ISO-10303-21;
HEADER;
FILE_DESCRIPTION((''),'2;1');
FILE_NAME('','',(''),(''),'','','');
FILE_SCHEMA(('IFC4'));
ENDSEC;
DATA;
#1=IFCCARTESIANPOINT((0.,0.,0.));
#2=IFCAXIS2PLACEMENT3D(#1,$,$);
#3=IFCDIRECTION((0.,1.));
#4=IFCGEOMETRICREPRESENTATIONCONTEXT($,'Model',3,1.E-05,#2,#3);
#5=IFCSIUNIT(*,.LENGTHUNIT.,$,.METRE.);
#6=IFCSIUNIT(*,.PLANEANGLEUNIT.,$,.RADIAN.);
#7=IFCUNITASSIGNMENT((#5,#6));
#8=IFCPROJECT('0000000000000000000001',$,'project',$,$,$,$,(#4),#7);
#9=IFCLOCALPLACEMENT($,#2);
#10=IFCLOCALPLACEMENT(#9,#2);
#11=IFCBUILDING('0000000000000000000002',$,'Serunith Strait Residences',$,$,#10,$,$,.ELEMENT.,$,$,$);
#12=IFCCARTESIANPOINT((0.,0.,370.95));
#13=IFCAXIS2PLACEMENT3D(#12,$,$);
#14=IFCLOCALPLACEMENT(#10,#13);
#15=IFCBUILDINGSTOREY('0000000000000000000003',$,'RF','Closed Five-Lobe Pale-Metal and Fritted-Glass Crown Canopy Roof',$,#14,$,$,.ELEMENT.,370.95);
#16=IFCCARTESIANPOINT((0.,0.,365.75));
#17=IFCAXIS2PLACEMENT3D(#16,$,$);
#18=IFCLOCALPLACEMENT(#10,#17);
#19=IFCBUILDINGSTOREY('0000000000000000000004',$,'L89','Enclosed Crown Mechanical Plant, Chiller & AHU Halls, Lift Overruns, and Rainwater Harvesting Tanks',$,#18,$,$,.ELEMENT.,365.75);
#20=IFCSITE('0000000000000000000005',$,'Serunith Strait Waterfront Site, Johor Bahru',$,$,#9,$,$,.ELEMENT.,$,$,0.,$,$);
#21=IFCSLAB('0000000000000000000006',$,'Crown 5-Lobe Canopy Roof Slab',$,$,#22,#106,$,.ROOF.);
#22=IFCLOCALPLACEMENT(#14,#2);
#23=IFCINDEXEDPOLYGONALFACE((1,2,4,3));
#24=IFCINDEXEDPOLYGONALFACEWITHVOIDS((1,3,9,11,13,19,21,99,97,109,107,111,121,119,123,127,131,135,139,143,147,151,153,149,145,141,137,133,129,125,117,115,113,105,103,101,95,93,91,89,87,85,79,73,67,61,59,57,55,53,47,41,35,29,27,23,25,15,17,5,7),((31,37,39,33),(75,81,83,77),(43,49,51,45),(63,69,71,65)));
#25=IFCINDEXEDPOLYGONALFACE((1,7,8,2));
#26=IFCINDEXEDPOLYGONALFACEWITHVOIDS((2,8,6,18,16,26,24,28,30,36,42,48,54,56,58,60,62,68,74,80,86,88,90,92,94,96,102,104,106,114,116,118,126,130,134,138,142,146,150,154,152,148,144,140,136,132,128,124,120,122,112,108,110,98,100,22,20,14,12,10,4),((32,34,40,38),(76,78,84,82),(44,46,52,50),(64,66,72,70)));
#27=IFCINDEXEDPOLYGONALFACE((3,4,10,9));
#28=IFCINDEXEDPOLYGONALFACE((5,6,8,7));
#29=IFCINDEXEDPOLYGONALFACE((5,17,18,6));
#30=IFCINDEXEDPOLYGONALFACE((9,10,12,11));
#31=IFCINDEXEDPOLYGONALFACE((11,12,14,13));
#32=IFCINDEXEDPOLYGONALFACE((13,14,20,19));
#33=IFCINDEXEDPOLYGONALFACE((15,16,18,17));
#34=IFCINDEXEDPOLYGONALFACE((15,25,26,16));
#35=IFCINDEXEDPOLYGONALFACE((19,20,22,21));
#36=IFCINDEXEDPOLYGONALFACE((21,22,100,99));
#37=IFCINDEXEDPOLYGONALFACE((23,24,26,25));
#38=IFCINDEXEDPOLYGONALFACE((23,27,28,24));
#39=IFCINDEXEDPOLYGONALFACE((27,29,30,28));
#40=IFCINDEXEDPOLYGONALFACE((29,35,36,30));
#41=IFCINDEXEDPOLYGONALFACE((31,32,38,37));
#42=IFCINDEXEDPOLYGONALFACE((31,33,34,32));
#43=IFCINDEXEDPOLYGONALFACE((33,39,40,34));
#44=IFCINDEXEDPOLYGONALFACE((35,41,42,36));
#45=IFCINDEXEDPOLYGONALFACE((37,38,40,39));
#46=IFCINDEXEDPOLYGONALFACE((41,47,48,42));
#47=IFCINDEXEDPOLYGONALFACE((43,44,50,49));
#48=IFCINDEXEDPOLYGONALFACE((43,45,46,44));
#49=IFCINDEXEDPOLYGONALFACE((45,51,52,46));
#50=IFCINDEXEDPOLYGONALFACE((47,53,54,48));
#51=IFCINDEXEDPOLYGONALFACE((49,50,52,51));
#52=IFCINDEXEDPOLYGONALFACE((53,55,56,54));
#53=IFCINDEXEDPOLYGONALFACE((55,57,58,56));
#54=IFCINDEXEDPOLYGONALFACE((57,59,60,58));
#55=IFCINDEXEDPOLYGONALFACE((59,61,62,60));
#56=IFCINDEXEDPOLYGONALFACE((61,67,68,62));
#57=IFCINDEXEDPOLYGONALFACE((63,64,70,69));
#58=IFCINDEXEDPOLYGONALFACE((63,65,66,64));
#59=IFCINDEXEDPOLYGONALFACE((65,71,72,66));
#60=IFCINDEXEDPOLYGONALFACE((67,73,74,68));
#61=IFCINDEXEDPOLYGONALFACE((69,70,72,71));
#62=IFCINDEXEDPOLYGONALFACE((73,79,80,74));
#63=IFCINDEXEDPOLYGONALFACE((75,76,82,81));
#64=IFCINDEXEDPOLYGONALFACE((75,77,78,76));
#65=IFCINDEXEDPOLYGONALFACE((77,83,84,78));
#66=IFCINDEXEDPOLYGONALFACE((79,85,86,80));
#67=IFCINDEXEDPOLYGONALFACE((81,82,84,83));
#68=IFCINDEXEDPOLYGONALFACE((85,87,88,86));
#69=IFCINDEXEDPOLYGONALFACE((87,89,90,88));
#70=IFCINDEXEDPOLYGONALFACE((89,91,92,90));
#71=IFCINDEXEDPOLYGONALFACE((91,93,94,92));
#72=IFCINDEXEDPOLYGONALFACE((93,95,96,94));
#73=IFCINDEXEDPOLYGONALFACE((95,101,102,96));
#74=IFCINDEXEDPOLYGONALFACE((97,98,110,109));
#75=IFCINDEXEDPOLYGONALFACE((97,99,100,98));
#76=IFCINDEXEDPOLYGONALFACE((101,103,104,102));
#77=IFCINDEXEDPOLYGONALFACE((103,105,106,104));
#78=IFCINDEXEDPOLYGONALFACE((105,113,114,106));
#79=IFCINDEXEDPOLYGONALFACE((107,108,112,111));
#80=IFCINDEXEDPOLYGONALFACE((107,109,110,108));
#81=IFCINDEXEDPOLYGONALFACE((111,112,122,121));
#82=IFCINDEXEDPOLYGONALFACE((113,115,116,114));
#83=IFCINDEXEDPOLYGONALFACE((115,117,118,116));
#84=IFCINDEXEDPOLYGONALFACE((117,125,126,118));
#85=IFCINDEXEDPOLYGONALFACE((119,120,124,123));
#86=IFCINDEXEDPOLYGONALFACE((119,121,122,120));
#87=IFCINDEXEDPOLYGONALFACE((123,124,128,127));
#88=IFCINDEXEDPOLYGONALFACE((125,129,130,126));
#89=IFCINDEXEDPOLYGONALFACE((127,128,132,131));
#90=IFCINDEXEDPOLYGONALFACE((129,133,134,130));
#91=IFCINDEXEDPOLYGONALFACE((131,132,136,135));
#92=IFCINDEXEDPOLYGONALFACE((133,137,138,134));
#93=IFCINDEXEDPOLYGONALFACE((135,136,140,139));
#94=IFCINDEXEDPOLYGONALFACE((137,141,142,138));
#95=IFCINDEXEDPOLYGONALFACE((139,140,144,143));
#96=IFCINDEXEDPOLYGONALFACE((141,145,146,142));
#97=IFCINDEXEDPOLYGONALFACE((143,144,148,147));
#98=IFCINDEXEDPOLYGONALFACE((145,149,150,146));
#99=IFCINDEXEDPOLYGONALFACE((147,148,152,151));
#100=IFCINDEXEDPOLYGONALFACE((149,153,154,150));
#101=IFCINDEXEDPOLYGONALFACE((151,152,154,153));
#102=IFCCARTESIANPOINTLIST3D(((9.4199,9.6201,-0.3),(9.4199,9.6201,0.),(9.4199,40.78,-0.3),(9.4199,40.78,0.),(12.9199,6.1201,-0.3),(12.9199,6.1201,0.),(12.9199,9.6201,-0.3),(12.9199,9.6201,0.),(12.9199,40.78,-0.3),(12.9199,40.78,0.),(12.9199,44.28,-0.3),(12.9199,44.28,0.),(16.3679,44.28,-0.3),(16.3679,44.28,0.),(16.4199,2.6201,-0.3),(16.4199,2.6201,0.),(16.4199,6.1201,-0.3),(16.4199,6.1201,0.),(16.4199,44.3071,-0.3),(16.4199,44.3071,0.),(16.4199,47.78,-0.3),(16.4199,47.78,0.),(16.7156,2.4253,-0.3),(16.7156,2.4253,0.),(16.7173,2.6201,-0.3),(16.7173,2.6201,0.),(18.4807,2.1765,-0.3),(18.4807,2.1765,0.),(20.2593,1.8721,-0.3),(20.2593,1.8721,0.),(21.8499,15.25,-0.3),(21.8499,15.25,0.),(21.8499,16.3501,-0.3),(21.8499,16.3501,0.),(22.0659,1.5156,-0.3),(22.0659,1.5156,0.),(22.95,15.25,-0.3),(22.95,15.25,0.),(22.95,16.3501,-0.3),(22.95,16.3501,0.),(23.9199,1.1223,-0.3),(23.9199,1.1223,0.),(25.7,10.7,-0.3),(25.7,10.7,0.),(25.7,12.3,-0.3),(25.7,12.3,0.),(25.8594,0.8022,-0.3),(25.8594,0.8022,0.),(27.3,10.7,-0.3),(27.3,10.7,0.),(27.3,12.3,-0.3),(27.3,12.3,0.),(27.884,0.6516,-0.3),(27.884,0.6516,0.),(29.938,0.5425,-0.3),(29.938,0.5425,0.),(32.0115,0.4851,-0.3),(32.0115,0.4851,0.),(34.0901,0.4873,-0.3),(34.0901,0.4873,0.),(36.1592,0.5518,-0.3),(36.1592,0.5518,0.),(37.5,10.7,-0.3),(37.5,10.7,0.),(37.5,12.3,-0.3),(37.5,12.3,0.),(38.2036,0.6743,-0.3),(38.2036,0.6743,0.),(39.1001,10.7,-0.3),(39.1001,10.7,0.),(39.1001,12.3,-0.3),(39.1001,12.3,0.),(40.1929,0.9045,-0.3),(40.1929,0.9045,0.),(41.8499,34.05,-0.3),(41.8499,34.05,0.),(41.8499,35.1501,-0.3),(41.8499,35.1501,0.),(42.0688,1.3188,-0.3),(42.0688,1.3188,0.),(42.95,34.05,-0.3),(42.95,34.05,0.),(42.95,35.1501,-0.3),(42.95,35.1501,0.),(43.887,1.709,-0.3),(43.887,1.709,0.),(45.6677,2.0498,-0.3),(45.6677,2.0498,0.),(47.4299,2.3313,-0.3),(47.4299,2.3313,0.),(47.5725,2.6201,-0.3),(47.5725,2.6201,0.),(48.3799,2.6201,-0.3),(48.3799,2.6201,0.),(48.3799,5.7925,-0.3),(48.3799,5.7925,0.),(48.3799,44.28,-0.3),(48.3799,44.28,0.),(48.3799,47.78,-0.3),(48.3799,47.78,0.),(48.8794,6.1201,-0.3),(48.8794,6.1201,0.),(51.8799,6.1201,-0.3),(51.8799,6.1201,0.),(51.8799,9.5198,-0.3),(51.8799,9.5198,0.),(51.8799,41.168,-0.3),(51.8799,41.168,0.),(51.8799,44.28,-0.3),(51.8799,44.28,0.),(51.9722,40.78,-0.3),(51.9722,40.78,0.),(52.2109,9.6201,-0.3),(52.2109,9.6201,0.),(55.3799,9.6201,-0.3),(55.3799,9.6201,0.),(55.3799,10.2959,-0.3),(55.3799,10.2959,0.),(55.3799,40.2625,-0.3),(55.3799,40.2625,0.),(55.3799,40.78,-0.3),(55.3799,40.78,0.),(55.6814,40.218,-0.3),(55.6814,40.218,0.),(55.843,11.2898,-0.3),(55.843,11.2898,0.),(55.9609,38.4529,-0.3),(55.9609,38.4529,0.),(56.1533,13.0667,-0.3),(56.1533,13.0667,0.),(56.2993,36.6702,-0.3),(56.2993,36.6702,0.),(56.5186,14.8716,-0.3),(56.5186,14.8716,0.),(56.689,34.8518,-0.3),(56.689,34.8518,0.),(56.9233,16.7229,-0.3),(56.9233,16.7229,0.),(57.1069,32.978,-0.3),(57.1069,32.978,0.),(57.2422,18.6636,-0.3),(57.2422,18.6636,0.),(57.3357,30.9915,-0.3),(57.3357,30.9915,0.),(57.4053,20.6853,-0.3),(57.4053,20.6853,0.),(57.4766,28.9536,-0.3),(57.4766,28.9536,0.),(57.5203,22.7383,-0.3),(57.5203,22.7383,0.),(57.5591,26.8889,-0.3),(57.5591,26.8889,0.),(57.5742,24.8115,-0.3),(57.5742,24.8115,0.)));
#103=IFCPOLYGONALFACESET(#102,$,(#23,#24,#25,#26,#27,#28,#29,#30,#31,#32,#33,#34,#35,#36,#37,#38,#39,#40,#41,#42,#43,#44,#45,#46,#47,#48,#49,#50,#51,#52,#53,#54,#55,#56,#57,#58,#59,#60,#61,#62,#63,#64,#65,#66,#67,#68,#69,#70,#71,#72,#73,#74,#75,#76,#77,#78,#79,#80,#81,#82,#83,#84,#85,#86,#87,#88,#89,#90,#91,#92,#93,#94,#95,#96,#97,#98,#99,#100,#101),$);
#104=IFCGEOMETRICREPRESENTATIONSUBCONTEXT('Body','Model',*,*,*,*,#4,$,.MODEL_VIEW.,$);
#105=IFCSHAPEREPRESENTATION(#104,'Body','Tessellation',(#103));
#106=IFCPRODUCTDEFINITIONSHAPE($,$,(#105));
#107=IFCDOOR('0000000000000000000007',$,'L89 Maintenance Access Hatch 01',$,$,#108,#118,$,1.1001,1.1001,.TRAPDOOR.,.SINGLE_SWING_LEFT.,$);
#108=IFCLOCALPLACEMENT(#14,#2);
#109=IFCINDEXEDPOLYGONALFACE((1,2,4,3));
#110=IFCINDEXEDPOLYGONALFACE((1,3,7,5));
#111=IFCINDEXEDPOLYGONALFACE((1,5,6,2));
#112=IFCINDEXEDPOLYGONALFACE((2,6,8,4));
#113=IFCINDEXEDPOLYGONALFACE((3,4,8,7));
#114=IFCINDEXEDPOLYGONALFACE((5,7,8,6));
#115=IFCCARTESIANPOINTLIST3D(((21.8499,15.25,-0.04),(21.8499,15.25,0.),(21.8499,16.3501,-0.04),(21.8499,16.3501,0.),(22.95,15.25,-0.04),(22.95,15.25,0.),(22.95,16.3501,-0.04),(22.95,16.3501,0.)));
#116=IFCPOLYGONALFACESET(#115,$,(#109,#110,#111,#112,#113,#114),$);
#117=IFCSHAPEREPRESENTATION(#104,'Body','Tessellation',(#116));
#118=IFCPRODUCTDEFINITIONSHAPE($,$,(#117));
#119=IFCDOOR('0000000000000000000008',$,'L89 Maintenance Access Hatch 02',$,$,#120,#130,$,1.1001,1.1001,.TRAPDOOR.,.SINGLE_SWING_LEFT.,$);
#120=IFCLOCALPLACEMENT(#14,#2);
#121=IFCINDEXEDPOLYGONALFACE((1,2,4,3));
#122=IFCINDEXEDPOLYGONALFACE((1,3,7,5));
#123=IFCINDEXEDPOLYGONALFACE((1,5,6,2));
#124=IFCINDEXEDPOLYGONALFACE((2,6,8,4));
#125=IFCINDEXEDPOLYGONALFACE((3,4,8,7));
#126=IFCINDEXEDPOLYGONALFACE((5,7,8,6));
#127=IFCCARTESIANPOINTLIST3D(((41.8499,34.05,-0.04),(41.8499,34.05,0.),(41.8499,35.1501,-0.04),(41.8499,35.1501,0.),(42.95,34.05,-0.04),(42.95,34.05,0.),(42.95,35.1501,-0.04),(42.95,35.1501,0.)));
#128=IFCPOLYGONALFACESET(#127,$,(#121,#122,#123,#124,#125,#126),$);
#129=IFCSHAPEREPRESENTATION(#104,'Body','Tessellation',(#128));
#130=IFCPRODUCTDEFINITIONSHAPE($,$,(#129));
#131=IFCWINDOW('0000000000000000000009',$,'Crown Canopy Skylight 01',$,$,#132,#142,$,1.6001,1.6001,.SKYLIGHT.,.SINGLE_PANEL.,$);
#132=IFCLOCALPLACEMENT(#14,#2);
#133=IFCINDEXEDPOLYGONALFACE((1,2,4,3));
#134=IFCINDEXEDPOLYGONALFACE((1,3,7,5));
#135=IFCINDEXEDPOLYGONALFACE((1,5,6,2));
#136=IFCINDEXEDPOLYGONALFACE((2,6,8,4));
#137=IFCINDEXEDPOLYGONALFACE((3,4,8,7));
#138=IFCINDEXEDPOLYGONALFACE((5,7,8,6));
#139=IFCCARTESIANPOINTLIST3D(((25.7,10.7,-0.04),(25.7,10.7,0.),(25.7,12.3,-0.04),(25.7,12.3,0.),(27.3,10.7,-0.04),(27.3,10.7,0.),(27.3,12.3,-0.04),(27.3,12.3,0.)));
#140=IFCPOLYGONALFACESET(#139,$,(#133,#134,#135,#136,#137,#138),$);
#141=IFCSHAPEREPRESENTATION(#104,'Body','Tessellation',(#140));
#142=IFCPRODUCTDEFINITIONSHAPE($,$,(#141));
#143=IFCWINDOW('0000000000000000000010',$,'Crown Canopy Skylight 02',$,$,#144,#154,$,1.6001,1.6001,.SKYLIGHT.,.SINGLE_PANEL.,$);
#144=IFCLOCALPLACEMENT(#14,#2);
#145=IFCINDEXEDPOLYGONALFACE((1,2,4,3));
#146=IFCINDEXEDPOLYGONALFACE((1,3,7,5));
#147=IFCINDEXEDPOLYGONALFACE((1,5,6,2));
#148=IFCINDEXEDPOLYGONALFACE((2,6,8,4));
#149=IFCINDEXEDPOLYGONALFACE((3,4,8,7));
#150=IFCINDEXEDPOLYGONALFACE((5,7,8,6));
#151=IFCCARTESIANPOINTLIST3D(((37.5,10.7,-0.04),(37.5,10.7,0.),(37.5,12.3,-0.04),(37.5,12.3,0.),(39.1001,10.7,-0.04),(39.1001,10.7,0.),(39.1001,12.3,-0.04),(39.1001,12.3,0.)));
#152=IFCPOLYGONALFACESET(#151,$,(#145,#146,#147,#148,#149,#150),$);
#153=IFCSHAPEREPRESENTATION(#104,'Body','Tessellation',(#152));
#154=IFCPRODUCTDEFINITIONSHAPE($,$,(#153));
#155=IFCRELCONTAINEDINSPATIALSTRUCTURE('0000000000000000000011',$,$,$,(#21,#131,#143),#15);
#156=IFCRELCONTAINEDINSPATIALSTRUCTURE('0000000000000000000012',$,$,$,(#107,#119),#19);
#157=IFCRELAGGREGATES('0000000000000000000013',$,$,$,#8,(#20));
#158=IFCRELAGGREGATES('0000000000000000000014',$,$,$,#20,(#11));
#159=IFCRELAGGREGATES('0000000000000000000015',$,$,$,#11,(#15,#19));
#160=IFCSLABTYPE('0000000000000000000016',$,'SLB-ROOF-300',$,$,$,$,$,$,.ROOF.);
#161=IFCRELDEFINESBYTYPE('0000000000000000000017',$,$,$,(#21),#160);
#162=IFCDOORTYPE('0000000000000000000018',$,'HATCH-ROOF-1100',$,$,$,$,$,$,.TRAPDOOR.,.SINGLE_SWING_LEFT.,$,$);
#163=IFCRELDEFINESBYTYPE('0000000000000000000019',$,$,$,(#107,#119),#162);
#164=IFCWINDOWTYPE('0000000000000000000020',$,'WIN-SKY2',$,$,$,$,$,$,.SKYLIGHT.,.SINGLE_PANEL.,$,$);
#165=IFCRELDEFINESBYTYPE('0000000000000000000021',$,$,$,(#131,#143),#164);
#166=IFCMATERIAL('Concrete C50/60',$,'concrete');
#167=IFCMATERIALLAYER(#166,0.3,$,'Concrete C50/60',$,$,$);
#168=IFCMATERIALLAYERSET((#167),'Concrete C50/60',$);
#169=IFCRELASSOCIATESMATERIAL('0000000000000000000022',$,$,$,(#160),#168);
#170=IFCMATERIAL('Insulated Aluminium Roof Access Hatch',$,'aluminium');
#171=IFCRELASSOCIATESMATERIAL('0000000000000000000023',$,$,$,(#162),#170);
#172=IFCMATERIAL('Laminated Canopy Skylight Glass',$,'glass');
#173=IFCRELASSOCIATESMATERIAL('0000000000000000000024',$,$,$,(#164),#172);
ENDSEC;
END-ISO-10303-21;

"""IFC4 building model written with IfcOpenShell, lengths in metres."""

from ifc_helpers import new_model, si_unit, direction, frame, origin, origin_2d, place, context, subcontext, project, spatial, polyline, rectangle, outline, extrude, material, layer, layer_set, type_object, element, fill, save


model = new_model("IFC4")

# Units and contexts
model_context = context("Model", 3, precision=1e-05, world=origin(), true_north=direction((0.0, 1.0)))
body_context = subcontext(model_context, "Body", "Model", "MODEL_VIEW")
ifc_project = project(units=[si_unit("LENGTHUNIT", "METRE"), si_unit("PLANEANGLEUNIT", "RADIAN")], contexts=[model_context])

# Site, building, storey
site_placement = place(None, origin())
site = spatial("IfcSite", under=ifc_project, at=site_placement, Name="Serunith Strait Waterfront Site, Johor Bahru", CompositionType="ELEMENT", RefElevation=0.0)
building_placement = place(site_placement, origin())
building = spatial("IfcBuilding", under=site, at=building_placement, Name="Serunith Strait Residences", CompositionType="ELEMENT")
storey_1_placement = place(building_placement, frame((0.0, 0.0, 370.95)))
storey_1 = spatial("IfcBuildingStorey", under=building, at=storey_1_placement, Name="RF", Description="Closed Five-Lobe Pale-Metal and Fritted-Glass Crown Canopy Roof", CompositionType="ELEMENT", Elevation=370.95)

# Slab, openings
ifc_material_1 = material(Name="Concrete C50/60", Category="concrete")
ifc_layer_1 = layer(ifc_material_1, 0.3, Name="Concrete C50/60")
ifc_layer_set_1 = layer_set([ifc_layer_1], Name="Concrete C50/60")
slab_type = type_object("IfcSlabType", Name="SLB-ROOF-300", PredefinedType="ROOF", material=ifc_layer_set_1)
slab_placement = place(storey_1_placement, frame((0.0, 0.0, -0.3)))
slab = element("IfcSlab", 1, at=slab_placement, inside=storey_1, type_object=slab_type, Name="Crown 5-Lobe Canopy Roof Slab", PredefinedType="ROOF", context=body_context, shape_type="SweptSolid", body=[
    extrude(outline(polyline([(16.4199, 2.6201), (16.4199, 6.1201), (12.9199, 6.1201), (12.9199, 9.6201), (9.4199, 9.6201), (9.4199, 40.78), (12.9199, 40.78), (12.9199, 44.28), (16.3679, 44.28), (16.4199, 44.3071), (16.4199, 47.78), (48.3799, 47.78), (48.3799, 44.28), (51.8799, 44.28), (51.8799, 41.168), (51.9722, 40.78), (55.3799, 40.78), (55.3799, 40.2625), (55.6814, 40.218), (55.9609, 38.4529), (56.2993, 36.6702), (56.689, 34.8518), (57.1069, 32.978), (57.3357, 30.9915), (57.4766, 28.9536), (57.5591, 26.8889), (57.5742, 24.8115), (57.5203, 22.7383), (57.4053, 20.6853), (57.2422, 18.6636), (56.9233, 16.7229), (56.5186, 14.8716), (56.1533, 13.0667), (55.843, 11.2898), (55.3799, 10.2959), (55.3799, 9.6201), (52.2109, 9.6201), (51.8799, 9.5198), (51.8799, 6.1201), (48.8794, 6.1201), (48.3799, 5.7925), (48.3799, 2.6201), (47.5725, 2.6201), (47.4299, 2.3313), (45.6677, 2.0498), (43.887, 1.709), (42.0688, 1.3188), (40.1929, 0.9045), (38.2036, 0.6743), (36.1592, 0.5518), (34.0901, 0.4873), (32.0115, 0.4851), (29.938, 0.5425), (27.884, 0.6516), (25.8594, 0.8022), (23.9199, 1.1223), (22.0659, 1.5156), (20.2593, 1.8721), (18.4807, 2.1765), (16.7156, 2.4253), (16.7173, 2.6201), (16.4199, 2.6201)])), origin(), (0.0, 0.0, 1.0), 0.3),
])
opening_1_placement = place(slab_placement, frame((26.5, 11.5, 0.0)))
opening_1 = element("IfcOpeningElement", 2, at=opening_1_placement, cuts=slab, PredefinedType="OPENING", context=body_context, shape_type="SweptSolid", body=[
    extrude(rectangle(XDim=1.6001, YDim=1.6001, at=origin_2d()), frame((0.0, 0.0, -0.01)), (0.0, 0.0, 1.0), 0.3201),
])
opening_2_placement = place(slab_placement, frame((38.3, 11.5, 0.0)))
opening_2 = element("IfcOpeningElement", 3, at=opening_2_placement, cuts=slab, PredefinedType="OPENING", context=body_context, shape_type="SweptSolid", body=[
    extrude(rectangle(XDim=1.6001, YDim=1.6001, at=origin_2d()), frame((0.0, 0.0, -0.01)), (0.0, 0.0, 1.0), 0.3201),
])
opening_3_placement = place(slab_placement, frame((22.3999, 15.8, 0.0)))
opening_3 = element("IfcOpeningElement", 4, at=opening_3_placement, cuts=slab, PredefinedType="OPENING", context=body_context, shape_type="SweptSolid", body=[
    extrude(rectangle(XDim=1.1001, YDim=1.1001, at=origin_2d()), frame((0.0, 0.0, -0.01)), (0.0, 0.0, 1.0), 0.3201),
])
opening_4_placement = place(slab_placement, frame((42.3999, 34.6001, 0.0)))
opening_4 = element("IfcOpeningElement", 5, at=opening_4_placement, cuts=slab, PredefinedType="OPENING", context=body_context, shape_type="SweptSolid", body=[
    extrude(rectangle(XDim=1.1001, YDim=1.1001, at=origin_2d()), frame((0.0, 0.0, -0.01)), (0.0, 0.0, 1.0), 0.3201),
])

# Shared definitions
storey_2_placement = place(building_placement, frame((0.0, 0.0, 365.75)))
storey_2 = spatial("IfcBuildingStorey", under=building, at=storey_2_placement, Name="L89", Description="Enclosed Crown Mechanical Plant, Chiller & AHU Halls, Lift Overruns, and Rainwater Harvesting Tanks", CompositionType="ELEMENT", Elevation=365.75)

# Doors
ifc_material_2 = material(Name="Insulated Aluminium Roof Access Hatch", Category="aluminium")
door_type = type_object("IfcDoorType", Name="HATCH-ROOF-1100", OperationType="SINGLE_SWING_LEFT", PredefinedType="TRAPDOOR", material=ifc_material_2)
door_1_placement = place(opening_3_placement, frame((0.0, 0.0, 0.26)))
door_1 = element("IfcDoor", 6, at=door_1_placement, inside=storey_2, type_object=door_type, Name="L89 Maintenance Access Hatch 01", OperationType="SINGLE_SWING_LEFT", OverallHeight=1.1001, OverallWidth=1.1001, PredefinedType="TRAPDOOR", context=body_context, shape_type="SweptSolid", body=[
    extrude(rectangle(XDim=1.1001, YDim=1.1001, at=origin_2d()), origin(), (0.0, 0.0, 1.0), 0.04),
])
fill(opening_3, door_1)
door_2_placement = place(opening_4_placement, frame((0.0, 0.0, 0.26)))
door_2 = element("IfcDoor", 7, at=door_2_placement, inside=storey_2, type_object=door_type, Name="L89 Maintenance Access Hatch 02", OperationType="SINGLE_SWING_LEFT", OverallHeight=1.1001, OverallWidth=1.1001, PredefinedType="TRAPDOOR", context=body_context, shape_type="SweptSolid", body=[
    extrude(rectangle(XDim=1.1001, YDim=1.1001, at=origin_2d()), origin(), (0.0, 0.0, 1.0), 0.04),
])
fill(opening_4, door_2)

# Windows
ifc_material_3 = material(Name="Laminated Canopy Skylight Glass", Category="glass")
window_type = type_object("IfcWindowType", Name="WIN-SKY2", PartitioningType="SINGLE_PANEL", PredefinedType="SKYLIGHT", material=ifc_material_3)
window_1_placement = place(opening_1_placement, frame((0.0, 0.0, 0.26)))
window_1 = element("IfcWindow", 8, at=window_1_placement, inside=storey_1, type_object=window_type, Name="Crown Canopy Skylight 01", OverallHeight=1.6001, OverallWidth=1.6001, PartitioningType="SINGLE_PANEL", PredefinedType="SKYLIGHT", context=body_context, shape_type="SweptSolid", body=[
    extrude(rectangle(XDim=1.6001, YDim=1.6001, at=origin_2d()), origin(), (0.0, 0.0, 1.0), 0.04),
])
fill(opening_1, window_1)
window_2_placement = place(opening_2_placement, frame((0.0, 0.0, 0.26)))
window_2 = element("IfcWindow", 9, at=window_2_placement, inside=storey_1, type_object=window_type, Name="Crown Canopy Skylight 02", OverallHeight=1.6001, OverallWidth=1.6001, PartitioningType="SINGLE_PANEL", PredefinedType="SKYLIGHT", context=body_context, shape_type="SweptSolid", body=[
    extrude(rectangle(XDim=1.6001, YDim=1.6001, at=origin_2d()), origin(), (0.0, 0.0, 1.0), 0.04),
])
fill(opening_2, window_2)

save(model, "model.ifc")
